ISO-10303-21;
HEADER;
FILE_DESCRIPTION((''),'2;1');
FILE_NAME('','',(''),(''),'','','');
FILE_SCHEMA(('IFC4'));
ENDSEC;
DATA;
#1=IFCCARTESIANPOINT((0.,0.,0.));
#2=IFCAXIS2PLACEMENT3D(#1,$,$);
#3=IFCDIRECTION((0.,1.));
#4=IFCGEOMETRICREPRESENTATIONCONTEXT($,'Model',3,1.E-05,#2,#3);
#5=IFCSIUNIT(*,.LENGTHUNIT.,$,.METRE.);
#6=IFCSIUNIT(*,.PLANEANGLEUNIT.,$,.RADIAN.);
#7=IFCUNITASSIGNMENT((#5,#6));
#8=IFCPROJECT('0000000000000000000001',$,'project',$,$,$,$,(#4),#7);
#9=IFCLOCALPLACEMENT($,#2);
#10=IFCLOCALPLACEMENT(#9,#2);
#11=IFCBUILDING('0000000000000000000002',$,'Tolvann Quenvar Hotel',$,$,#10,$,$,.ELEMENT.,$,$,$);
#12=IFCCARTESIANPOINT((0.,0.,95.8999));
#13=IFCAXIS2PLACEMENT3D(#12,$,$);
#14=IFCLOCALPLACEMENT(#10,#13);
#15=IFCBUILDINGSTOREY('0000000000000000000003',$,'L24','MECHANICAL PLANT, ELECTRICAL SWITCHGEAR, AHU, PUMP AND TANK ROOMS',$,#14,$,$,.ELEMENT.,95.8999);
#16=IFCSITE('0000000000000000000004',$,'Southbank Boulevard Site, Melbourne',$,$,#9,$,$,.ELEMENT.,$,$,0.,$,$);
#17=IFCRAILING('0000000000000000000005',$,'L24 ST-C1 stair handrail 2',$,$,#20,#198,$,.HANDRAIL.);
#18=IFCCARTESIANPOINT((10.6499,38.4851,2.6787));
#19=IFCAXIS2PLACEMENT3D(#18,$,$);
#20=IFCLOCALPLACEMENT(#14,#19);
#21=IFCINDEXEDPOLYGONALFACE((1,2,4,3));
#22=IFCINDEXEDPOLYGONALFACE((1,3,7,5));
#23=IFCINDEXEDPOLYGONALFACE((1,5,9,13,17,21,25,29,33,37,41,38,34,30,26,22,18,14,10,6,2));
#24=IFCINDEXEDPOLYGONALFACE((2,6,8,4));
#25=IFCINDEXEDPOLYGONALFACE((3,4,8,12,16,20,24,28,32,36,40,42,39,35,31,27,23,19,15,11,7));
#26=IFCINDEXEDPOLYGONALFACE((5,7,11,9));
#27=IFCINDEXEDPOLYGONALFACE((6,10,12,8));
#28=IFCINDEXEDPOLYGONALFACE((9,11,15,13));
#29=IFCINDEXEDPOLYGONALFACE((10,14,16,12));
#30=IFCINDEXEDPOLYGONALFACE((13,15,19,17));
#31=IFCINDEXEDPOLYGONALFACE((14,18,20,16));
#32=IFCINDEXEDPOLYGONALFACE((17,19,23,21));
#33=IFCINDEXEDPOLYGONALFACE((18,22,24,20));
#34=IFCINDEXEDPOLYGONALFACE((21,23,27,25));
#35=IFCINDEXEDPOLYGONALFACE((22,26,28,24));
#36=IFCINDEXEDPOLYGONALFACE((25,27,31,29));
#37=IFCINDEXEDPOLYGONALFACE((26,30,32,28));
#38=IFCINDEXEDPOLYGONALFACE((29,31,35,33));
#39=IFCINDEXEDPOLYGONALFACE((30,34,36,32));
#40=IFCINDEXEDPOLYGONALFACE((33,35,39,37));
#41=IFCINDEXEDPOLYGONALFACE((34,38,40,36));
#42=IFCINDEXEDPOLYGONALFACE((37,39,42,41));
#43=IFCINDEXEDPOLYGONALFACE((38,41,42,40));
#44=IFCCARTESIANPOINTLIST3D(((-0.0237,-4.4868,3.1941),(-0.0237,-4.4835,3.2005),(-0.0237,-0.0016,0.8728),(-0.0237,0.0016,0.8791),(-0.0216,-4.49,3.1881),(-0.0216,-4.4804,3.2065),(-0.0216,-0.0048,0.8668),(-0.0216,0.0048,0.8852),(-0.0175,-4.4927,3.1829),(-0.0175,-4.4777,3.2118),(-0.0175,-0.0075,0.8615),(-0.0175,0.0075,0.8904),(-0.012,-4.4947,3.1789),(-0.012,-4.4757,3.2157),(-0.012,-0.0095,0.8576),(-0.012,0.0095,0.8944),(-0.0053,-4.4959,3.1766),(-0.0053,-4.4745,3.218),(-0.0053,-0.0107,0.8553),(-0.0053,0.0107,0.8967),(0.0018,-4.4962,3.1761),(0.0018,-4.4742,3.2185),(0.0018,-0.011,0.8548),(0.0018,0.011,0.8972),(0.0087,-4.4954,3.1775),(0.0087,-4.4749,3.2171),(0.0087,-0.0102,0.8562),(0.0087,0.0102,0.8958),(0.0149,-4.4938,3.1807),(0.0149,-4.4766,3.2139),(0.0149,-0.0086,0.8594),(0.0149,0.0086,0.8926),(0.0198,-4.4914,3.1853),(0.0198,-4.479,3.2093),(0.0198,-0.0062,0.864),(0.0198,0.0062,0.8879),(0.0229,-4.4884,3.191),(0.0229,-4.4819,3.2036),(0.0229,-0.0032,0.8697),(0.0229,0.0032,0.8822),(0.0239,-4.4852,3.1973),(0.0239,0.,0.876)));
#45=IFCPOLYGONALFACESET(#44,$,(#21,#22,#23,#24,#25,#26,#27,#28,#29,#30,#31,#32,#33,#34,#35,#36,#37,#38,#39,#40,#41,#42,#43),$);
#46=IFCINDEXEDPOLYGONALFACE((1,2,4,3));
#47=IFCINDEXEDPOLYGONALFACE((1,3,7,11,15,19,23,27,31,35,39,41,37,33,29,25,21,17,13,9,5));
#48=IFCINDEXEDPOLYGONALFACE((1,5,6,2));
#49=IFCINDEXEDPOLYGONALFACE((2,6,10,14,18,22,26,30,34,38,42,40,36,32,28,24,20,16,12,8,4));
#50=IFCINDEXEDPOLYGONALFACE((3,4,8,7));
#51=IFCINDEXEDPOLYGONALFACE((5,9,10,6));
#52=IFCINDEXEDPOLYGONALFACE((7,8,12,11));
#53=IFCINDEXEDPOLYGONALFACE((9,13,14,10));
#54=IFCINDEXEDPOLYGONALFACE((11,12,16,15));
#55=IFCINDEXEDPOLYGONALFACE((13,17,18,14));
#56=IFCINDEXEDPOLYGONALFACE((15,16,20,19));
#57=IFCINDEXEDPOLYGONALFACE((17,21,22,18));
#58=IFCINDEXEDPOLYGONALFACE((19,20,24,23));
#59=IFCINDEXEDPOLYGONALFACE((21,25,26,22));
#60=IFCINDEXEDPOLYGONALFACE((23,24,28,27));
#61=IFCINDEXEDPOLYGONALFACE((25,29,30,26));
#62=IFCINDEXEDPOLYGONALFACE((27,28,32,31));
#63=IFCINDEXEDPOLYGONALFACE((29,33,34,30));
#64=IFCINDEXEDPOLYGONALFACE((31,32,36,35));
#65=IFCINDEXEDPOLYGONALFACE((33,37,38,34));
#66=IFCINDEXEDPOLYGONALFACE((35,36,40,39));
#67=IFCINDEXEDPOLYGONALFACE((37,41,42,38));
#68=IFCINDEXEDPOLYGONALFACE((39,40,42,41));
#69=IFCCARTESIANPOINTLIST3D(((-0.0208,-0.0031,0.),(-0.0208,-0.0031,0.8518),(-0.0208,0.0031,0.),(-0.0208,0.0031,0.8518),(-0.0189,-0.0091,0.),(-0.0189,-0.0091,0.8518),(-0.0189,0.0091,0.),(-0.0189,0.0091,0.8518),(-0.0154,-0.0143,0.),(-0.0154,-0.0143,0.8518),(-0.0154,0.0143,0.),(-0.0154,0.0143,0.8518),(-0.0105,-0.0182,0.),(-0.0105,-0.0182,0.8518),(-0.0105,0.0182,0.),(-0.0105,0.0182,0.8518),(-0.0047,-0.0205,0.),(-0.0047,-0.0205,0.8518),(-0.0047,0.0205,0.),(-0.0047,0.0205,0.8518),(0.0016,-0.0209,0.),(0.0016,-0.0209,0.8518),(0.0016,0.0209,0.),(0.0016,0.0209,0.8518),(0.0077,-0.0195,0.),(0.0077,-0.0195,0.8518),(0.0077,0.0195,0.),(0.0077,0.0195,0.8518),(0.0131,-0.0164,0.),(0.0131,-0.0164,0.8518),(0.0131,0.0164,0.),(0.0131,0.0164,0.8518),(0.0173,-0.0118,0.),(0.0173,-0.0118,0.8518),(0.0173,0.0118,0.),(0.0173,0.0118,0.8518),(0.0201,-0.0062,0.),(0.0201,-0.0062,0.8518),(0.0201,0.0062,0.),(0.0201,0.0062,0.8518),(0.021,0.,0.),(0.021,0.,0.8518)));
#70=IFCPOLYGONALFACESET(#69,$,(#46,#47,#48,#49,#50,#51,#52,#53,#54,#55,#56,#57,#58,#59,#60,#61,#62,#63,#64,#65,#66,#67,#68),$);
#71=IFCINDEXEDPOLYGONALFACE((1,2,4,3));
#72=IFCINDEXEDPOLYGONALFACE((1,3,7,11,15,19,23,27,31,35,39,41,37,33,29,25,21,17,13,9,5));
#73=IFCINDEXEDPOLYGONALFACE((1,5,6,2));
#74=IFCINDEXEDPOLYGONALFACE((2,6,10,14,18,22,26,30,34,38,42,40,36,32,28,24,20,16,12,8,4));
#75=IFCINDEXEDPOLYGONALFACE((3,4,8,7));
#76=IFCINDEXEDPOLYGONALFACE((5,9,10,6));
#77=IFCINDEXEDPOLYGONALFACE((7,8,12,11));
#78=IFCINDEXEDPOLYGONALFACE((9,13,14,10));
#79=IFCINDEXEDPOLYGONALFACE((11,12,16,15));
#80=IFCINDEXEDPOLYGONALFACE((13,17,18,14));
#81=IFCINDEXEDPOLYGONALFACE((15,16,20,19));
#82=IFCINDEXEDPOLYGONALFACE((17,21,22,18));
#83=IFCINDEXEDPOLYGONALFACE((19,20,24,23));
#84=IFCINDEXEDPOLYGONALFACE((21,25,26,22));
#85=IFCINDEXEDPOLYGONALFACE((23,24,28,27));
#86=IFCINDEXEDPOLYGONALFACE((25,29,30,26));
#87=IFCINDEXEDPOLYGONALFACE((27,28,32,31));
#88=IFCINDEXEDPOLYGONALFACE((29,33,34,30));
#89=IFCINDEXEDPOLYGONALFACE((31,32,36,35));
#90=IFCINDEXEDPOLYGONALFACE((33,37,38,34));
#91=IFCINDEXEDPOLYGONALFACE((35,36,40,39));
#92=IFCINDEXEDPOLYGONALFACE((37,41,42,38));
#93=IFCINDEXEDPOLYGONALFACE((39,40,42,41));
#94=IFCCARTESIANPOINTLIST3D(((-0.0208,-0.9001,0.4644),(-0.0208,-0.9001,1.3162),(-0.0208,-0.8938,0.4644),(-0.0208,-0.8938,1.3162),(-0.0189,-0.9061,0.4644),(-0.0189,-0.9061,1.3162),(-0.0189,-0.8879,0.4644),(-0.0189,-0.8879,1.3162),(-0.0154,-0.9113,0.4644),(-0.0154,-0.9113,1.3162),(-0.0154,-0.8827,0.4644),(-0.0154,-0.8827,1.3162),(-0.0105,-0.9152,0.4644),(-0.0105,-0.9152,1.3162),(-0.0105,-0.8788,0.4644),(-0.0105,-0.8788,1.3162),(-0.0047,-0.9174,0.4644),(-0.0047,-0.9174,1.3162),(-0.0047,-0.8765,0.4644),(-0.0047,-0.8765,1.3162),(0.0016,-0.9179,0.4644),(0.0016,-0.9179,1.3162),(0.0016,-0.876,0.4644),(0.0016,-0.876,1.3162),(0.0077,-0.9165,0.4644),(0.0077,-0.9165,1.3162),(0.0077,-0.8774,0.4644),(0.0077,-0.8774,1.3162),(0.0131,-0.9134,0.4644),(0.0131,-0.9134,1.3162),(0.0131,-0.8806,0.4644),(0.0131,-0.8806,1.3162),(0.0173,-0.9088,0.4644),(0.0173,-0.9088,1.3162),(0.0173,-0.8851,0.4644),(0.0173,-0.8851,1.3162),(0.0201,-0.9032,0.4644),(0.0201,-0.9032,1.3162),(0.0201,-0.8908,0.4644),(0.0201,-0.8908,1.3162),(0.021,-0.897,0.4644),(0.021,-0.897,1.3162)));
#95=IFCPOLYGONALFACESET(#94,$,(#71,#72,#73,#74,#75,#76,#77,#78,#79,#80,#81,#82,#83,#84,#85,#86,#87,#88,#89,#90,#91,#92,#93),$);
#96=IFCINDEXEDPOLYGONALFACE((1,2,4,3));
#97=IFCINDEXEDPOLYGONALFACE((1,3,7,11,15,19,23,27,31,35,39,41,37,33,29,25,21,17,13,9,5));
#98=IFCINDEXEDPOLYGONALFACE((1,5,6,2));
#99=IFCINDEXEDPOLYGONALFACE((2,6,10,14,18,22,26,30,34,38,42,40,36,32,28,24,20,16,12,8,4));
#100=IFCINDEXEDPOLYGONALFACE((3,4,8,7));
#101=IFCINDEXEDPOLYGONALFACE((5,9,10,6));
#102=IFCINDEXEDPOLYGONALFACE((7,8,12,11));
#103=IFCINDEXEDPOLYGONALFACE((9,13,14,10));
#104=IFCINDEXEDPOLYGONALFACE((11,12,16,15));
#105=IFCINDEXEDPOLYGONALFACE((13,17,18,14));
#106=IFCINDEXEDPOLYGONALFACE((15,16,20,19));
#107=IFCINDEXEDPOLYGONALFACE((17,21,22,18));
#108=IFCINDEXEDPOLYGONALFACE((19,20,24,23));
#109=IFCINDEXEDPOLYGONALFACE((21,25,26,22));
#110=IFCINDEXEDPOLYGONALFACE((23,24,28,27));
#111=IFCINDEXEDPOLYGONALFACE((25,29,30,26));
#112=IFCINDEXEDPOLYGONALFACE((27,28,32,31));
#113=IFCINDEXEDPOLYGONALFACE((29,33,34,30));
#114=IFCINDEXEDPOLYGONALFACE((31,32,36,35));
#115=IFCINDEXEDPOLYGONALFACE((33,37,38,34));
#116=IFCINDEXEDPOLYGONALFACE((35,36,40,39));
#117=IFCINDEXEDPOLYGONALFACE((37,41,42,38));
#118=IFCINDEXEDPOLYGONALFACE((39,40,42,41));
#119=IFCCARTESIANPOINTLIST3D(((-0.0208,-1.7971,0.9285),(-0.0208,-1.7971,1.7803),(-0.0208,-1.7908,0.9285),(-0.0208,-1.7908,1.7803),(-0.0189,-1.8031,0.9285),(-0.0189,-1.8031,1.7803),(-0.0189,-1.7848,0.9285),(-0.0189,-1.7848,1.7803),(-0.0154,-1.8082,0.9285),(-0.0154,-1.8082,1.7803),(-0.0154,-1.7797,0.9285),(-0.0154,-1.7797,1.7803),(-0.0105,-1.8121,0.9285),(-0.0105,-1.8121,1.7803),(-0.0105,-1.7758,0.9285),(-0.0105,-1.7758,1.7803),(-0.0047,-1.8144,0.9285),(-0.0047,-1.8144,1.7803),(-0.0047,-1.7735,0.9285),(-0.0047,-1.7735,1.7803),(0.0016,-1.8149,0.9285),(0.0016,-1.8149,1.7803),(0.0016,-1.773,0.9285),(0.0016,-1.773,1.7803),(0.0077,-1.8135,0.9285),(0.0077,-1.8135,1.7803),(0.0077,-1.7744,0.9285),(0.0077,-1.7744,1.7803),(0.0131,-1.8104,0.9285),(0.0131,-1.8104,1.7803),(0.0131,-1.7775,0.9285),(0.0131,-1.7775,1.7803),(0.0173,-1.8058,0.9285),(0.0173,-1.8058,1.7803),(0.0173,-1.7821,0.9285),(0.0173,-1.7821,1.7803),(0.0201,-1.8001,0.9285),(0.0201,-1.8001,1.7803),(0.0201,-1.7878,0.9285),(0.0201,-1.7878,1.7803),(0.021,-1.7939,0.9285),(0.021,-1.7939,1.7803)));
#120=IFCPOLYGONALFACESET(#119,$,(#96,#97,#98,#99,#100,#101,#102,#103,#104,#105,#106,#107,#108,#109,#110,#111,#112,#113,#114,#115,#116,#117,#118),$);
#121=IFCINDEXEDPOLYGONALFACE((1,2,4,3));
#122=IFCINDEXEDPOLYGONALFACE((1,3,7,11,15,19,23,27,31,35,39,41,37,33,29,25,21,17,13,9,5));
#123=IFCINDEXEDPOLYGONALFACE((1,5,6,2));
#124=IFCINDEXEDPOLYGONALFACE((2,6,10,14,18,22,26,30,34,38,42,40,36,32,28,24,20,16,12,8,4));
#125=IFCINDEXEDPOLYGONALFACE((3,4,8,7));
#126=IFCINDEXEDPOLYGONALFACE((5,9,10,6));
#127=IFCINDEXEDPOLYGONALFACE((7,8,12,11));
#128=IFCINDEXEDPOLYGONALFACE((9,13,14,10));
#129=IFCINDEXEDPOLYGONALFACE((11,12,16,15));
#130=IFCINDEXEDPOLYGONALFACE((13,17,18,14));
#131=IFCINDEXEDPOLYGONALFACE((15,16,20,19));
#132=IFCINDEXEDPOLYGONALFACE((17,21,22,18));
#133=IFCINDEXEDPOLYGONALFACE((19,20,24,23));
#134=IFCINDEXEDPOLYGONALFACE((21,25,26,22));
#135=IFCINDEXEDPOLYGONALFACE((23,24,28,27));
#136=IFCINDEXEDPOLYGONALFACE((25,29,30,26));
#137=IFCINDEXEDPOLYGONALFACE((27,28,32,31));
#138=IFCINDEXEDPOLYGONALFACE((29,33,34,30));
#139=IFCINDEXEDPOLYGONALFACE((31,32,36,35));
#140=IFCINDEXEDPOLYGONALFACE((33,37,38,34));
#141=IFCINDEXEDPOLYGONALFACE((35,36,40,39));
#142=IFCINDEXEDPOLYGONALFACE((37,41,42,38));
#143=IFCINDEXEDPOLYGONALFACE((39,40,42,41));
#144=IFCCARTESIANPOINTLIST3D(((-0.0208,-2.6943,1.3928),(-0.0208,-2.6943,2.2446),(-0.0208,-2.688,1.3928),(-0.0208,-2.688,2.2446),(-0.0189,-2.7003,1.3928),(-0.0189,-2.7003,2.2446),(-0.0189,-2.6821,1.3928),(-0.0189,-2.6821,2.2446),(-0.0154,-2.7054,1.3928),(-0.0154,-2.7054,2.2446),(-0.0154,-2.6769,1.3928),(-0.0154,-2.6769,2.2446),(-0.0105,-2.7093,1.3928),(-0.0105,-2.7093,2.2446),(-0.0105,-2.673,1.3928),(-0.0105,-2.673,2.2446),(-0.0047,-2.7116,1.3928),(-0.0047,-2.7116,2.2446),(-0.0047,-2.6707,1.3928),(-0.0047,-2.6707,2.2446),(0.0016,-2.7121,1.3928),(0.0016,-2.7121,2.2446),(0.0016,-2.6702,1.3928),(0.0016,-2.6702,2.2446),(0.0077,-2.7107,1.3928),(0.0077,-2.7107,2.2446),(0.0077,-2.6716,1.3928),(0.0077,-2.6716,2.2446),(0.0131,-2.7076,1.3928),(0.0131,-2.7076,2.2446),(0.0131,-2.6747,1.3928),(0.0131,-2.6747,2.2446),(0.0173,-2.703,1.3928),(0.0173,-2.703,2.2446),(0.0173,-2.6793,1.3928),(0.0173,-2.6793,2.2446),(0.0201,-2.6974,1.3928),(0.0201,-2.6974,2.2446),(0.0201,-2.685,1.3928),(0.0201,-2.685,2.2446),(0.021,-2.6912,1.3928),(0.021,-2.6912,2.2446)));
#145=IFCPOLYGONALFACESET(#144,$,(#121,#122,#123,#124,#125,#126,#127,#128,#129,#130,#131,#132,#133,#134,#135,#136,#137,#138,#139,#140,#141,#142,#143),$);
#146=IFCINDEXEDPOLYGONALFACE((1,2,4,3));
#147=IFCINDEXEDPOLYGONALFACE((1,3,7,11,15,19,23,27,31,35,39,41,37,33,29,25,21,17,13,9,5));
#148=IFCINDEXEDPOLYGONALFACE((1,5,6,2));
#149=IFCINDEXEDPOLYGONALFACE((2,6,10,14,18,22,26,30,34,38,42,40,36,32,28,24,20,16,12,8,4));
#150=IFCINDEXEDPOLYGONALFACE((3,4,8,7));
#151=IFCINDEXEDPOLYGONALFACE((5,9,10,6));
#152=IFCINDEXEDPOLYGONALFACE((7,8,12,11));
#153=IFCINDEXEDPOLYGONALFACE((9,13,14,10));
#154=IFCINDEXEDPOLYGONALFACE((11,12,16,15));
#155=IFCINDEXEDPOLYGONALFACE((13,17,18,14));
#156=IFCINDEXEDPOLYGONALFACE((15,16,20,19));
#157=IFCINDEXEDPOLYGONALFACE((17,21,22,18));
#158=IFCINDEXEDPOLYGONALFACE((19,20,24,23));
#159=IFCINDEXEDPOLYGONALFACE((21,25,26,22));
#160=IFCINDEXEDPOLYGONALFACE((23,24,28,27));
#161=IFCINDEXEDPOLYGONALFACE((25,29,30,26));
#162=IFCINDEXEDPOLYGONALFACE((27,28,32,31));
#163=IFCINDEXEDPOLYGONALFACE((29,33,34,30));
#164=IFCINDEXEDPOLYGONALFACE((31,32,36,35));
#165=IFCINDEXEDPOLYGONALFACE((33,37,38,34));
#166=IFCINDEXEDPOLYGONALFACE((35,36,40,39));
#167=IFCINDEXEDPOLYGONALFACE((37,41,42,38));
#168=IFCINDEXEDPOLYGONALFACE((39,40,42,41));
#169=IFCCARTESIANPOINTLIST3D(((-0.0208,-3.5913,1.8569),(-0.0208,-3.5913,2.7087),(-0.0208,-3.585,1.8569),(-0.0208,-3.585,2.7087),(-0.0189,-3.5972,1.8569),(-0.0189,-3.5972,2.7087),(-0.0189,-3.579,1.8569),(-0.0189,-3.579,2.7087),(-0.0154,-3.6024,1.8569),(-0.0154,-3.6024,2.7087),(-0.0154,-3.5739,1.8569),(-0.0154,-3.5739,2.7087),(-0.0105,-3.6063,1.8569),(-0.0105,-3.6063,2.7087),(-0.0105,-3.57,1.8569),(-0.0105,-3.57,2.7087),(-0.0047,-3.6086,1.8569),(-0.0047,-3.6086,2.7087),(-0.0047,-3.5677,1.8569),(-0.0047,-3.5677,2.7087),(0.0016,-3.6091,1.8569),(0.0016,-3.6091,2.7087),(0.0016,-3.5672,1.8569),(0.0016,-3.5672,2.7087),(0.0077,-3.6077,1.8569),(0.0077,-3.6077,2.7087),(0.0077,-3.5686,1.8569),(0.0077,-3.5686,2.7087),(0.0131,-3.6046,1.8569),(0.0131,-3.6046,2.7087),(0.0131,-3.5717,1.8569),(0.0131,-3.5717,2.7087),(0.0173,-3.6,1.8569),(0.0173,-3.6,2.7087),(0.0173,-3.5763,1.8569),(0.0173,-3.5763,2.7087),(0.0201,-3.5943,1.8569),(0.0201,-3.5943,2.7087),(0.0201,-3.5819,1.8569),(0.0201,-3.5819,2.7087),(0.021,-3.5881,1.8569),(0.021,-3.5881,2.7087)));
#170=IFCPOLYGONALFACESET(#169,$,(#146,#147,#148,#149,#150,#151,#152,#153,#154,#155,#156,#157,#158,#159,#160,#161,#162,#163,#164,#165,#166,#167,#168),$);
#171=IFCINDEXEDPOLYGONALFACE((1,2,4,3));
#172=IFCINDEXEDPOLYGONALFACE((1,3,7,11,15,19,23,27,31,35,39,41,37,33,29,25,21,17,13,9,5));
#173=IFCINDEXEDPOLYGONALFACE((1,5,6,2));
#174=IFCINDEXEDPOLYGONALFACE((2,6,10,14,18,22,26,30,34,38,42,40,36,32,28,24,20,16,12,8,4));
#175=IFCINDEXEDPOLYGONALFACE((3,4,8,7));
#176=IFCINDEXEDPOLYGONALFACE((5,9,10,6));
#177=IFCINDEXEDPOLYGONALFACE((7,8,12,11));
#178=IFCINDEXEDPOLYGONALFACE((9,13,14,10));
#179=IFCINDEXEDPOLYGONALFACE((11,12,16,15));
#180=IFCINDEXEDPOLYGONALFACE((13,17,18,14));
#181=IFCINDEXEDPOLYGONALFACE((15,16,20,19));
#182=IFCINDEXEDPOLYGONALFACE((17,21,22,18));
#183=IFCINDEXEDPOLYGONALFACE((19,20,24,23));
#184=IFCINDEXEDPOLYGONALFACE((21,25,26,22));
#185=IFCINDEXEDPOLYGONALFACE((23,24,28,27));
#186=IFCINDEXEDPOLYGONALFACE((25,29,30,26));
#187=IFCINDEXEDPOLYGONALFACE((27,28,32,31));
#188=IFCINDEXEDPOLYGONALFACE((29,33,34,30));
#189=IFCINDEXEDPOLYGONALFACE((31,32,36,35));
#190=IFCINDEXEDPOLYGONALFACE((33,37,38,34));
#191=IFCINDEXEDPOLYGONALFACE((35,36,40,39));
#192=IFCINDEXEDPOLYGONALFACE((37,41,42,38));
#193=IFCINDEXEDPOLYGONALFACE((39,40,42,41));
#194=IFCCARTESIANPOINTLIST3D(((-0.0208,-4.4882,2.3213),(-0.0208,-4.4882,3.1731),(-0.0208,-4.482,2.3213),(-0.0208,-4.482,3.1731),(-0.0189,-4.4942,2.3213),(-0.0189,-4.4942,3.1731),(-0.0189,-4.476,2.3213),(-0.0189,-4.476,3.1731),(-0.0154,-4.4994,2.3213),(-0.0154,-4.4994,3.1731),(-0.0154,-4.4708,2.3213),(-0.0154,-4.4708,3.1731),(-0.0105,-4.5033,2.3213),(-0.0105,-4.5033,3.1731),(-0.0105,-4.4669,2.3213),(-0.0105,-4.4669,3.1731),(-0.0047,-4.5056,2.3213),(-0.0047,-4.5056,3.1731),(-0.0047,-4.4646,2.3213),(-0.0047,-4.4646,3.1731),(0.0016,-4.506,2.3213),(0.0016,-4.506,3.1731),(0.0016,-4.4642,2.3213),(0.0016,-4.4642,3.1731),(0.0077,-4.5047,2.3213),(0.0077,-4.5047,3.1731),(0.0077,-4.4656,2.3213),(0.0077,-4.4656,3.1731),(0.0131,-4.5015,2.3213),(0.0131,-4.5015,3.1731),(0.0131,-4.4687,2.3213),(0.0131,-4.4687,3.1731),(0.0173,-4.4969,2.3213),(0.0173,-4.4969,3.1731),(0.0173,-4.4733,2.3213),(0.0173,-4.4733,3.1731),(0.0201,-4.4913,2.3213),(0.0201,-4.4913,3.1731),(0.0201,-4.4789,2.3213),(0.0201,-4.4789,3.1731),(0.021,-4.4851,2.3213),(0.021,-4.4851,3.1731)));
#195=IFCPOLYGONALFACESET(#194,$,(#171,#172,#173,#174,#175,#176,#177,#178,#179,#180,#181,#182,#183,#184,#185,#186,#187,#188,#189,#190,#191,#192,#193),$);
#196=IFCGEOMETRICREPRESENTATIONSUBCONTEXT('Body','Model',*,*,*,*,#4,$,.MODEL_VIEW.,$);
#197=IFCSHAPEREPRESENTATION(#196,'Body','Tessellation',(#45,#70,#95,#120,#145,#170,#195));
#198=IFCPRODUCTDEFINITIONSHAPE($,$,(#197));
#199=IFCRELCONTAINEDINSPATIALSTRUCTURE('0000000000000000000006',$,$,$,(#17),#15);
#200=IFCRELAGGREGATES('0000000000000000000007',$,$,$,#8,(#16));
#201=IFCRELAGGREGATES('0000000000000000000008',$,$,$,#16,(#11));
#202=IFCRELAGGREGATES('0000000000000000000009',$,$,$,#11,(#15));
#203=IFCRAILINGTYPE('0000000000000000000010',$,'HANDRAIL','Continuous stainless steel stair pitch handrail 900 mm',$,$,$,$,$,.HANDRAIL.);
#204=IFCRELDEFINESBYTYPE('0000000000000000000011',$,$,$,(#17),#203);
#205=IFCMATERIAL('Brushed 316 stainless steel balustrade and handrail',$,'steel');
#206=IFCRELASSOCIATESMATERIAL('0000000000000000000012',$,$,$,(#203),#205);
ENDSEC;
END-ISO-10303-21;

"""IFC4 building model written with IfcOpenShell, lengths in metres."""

from ifc_helpers import new_model, si_unit, direction, frame, origin, origin_2d, place, context, subcontext, project, spatial, circle, extrude, material, type_object, element, save


model = new_model("IFC4")

# Units and contexts
model_context = context("Model", 3, precision=1e-05, world=origin(), true_north=direction((0.0, 1.0)))
body_context = subcontext(model_context, "Body", "Model", "MODEL_VIEW")
ifc_project = project(units=[si_unit("LENGTHUNIT", "METRE"), si_unit("PLANEANGLEUNIT", "RADIAN")], contexts=[model_context])

# Site, building, storey
site_placement = place(None, origin())
site = spatial("IfcSite", under=ifc_project, at=site_placement, Name="Southbank Boulevard Site, Melbourne", CompositionType="ELEMENT", RefElevation=0.0)
building_placement = place(site_placement, origin())
building = spatial("IfcBuilding", under=site, at=building_placement, Name="Tolvann Quenvar Hotel", CompositionType="ELEMENT")
storey_placement = place(building_placement, frame((0.0, 0.0, 95.8999)))
storey = spatial("IfcBuildingStorey", under=building, at=storey_placement, Name="L24", Description="MECHANICAL PLANT, ELECTRICAL SWITCHGEAR, AHU, PUMP AND TANK ROOMS", CompositionType="ELEMENT", Elevation=95.8999)

# Railing
ifc_material_1 = material(Name="Brushed 316 stainless steel balustrade and handrail", Category="steel")
railing_type_1 = type_object("IfcRailingType", Name="HANDRAIL", Description="Continuous stainless steel stair pitch handrail 900 mm", PredefinedType="HANDRAIL", material=ifc_material_1)
railing_1_placement = place(storey_placement, frame((10.6499, 38.4851, 2.6787)))
element("IfcRailing", 1, at=railing_1_placement, inside=storey, type_object=railing_type_1, Name="L24 ST-C1 stair handrail 2", PredefinedType="HANDRAIL", context=body_context, shape_type="SweptSolid", body=[
    extrude(circle(Radius=0.0239, at=origin_2d()), frame((0.0, 0.0, 0.876), z_axis=(0.0, -0.888104, 0.459643), x_axis=(1.0, 0.0, 0.0)), (0.0, 0.0, 1.0), 5.0503),
    extrude(circle(Radius=0.021, at=origin_2d()), origin(), (0.0, 0.0, 1.0), 0.8518),
    extrude(circle(Radius=0.021, at=origin_2d()), frame((0.0, -0.897, 0.4644)), (0.0, 0.0, 1.0), 0.8518),
    extrude(circle(Radius=0.021, at=origin_2d()), frame((0.0, -1.7939, 0.9285)), (0.0, 0.0, 1.0), 0.8518),
    extrude(circle(Radius=0.021, at=origin_2d()), frame((0.0, -2.6912, 1.3928)), (0.0, 0.0, 1.0), 0.8518),
    extrude(circle(Radius=0.021, at=origin_2d()), frame((0.0, -3.5881, 1.8569)), (0.0, 0.0, 1.0), 0.8518),
    extrude(circle(Radius=0.021, at=origin_2d()), frame((0.0, -4.4851, 2.3213)), (0.0, 0.0, 1.0), 0.8518),
])

save(model, "model.ifc")
